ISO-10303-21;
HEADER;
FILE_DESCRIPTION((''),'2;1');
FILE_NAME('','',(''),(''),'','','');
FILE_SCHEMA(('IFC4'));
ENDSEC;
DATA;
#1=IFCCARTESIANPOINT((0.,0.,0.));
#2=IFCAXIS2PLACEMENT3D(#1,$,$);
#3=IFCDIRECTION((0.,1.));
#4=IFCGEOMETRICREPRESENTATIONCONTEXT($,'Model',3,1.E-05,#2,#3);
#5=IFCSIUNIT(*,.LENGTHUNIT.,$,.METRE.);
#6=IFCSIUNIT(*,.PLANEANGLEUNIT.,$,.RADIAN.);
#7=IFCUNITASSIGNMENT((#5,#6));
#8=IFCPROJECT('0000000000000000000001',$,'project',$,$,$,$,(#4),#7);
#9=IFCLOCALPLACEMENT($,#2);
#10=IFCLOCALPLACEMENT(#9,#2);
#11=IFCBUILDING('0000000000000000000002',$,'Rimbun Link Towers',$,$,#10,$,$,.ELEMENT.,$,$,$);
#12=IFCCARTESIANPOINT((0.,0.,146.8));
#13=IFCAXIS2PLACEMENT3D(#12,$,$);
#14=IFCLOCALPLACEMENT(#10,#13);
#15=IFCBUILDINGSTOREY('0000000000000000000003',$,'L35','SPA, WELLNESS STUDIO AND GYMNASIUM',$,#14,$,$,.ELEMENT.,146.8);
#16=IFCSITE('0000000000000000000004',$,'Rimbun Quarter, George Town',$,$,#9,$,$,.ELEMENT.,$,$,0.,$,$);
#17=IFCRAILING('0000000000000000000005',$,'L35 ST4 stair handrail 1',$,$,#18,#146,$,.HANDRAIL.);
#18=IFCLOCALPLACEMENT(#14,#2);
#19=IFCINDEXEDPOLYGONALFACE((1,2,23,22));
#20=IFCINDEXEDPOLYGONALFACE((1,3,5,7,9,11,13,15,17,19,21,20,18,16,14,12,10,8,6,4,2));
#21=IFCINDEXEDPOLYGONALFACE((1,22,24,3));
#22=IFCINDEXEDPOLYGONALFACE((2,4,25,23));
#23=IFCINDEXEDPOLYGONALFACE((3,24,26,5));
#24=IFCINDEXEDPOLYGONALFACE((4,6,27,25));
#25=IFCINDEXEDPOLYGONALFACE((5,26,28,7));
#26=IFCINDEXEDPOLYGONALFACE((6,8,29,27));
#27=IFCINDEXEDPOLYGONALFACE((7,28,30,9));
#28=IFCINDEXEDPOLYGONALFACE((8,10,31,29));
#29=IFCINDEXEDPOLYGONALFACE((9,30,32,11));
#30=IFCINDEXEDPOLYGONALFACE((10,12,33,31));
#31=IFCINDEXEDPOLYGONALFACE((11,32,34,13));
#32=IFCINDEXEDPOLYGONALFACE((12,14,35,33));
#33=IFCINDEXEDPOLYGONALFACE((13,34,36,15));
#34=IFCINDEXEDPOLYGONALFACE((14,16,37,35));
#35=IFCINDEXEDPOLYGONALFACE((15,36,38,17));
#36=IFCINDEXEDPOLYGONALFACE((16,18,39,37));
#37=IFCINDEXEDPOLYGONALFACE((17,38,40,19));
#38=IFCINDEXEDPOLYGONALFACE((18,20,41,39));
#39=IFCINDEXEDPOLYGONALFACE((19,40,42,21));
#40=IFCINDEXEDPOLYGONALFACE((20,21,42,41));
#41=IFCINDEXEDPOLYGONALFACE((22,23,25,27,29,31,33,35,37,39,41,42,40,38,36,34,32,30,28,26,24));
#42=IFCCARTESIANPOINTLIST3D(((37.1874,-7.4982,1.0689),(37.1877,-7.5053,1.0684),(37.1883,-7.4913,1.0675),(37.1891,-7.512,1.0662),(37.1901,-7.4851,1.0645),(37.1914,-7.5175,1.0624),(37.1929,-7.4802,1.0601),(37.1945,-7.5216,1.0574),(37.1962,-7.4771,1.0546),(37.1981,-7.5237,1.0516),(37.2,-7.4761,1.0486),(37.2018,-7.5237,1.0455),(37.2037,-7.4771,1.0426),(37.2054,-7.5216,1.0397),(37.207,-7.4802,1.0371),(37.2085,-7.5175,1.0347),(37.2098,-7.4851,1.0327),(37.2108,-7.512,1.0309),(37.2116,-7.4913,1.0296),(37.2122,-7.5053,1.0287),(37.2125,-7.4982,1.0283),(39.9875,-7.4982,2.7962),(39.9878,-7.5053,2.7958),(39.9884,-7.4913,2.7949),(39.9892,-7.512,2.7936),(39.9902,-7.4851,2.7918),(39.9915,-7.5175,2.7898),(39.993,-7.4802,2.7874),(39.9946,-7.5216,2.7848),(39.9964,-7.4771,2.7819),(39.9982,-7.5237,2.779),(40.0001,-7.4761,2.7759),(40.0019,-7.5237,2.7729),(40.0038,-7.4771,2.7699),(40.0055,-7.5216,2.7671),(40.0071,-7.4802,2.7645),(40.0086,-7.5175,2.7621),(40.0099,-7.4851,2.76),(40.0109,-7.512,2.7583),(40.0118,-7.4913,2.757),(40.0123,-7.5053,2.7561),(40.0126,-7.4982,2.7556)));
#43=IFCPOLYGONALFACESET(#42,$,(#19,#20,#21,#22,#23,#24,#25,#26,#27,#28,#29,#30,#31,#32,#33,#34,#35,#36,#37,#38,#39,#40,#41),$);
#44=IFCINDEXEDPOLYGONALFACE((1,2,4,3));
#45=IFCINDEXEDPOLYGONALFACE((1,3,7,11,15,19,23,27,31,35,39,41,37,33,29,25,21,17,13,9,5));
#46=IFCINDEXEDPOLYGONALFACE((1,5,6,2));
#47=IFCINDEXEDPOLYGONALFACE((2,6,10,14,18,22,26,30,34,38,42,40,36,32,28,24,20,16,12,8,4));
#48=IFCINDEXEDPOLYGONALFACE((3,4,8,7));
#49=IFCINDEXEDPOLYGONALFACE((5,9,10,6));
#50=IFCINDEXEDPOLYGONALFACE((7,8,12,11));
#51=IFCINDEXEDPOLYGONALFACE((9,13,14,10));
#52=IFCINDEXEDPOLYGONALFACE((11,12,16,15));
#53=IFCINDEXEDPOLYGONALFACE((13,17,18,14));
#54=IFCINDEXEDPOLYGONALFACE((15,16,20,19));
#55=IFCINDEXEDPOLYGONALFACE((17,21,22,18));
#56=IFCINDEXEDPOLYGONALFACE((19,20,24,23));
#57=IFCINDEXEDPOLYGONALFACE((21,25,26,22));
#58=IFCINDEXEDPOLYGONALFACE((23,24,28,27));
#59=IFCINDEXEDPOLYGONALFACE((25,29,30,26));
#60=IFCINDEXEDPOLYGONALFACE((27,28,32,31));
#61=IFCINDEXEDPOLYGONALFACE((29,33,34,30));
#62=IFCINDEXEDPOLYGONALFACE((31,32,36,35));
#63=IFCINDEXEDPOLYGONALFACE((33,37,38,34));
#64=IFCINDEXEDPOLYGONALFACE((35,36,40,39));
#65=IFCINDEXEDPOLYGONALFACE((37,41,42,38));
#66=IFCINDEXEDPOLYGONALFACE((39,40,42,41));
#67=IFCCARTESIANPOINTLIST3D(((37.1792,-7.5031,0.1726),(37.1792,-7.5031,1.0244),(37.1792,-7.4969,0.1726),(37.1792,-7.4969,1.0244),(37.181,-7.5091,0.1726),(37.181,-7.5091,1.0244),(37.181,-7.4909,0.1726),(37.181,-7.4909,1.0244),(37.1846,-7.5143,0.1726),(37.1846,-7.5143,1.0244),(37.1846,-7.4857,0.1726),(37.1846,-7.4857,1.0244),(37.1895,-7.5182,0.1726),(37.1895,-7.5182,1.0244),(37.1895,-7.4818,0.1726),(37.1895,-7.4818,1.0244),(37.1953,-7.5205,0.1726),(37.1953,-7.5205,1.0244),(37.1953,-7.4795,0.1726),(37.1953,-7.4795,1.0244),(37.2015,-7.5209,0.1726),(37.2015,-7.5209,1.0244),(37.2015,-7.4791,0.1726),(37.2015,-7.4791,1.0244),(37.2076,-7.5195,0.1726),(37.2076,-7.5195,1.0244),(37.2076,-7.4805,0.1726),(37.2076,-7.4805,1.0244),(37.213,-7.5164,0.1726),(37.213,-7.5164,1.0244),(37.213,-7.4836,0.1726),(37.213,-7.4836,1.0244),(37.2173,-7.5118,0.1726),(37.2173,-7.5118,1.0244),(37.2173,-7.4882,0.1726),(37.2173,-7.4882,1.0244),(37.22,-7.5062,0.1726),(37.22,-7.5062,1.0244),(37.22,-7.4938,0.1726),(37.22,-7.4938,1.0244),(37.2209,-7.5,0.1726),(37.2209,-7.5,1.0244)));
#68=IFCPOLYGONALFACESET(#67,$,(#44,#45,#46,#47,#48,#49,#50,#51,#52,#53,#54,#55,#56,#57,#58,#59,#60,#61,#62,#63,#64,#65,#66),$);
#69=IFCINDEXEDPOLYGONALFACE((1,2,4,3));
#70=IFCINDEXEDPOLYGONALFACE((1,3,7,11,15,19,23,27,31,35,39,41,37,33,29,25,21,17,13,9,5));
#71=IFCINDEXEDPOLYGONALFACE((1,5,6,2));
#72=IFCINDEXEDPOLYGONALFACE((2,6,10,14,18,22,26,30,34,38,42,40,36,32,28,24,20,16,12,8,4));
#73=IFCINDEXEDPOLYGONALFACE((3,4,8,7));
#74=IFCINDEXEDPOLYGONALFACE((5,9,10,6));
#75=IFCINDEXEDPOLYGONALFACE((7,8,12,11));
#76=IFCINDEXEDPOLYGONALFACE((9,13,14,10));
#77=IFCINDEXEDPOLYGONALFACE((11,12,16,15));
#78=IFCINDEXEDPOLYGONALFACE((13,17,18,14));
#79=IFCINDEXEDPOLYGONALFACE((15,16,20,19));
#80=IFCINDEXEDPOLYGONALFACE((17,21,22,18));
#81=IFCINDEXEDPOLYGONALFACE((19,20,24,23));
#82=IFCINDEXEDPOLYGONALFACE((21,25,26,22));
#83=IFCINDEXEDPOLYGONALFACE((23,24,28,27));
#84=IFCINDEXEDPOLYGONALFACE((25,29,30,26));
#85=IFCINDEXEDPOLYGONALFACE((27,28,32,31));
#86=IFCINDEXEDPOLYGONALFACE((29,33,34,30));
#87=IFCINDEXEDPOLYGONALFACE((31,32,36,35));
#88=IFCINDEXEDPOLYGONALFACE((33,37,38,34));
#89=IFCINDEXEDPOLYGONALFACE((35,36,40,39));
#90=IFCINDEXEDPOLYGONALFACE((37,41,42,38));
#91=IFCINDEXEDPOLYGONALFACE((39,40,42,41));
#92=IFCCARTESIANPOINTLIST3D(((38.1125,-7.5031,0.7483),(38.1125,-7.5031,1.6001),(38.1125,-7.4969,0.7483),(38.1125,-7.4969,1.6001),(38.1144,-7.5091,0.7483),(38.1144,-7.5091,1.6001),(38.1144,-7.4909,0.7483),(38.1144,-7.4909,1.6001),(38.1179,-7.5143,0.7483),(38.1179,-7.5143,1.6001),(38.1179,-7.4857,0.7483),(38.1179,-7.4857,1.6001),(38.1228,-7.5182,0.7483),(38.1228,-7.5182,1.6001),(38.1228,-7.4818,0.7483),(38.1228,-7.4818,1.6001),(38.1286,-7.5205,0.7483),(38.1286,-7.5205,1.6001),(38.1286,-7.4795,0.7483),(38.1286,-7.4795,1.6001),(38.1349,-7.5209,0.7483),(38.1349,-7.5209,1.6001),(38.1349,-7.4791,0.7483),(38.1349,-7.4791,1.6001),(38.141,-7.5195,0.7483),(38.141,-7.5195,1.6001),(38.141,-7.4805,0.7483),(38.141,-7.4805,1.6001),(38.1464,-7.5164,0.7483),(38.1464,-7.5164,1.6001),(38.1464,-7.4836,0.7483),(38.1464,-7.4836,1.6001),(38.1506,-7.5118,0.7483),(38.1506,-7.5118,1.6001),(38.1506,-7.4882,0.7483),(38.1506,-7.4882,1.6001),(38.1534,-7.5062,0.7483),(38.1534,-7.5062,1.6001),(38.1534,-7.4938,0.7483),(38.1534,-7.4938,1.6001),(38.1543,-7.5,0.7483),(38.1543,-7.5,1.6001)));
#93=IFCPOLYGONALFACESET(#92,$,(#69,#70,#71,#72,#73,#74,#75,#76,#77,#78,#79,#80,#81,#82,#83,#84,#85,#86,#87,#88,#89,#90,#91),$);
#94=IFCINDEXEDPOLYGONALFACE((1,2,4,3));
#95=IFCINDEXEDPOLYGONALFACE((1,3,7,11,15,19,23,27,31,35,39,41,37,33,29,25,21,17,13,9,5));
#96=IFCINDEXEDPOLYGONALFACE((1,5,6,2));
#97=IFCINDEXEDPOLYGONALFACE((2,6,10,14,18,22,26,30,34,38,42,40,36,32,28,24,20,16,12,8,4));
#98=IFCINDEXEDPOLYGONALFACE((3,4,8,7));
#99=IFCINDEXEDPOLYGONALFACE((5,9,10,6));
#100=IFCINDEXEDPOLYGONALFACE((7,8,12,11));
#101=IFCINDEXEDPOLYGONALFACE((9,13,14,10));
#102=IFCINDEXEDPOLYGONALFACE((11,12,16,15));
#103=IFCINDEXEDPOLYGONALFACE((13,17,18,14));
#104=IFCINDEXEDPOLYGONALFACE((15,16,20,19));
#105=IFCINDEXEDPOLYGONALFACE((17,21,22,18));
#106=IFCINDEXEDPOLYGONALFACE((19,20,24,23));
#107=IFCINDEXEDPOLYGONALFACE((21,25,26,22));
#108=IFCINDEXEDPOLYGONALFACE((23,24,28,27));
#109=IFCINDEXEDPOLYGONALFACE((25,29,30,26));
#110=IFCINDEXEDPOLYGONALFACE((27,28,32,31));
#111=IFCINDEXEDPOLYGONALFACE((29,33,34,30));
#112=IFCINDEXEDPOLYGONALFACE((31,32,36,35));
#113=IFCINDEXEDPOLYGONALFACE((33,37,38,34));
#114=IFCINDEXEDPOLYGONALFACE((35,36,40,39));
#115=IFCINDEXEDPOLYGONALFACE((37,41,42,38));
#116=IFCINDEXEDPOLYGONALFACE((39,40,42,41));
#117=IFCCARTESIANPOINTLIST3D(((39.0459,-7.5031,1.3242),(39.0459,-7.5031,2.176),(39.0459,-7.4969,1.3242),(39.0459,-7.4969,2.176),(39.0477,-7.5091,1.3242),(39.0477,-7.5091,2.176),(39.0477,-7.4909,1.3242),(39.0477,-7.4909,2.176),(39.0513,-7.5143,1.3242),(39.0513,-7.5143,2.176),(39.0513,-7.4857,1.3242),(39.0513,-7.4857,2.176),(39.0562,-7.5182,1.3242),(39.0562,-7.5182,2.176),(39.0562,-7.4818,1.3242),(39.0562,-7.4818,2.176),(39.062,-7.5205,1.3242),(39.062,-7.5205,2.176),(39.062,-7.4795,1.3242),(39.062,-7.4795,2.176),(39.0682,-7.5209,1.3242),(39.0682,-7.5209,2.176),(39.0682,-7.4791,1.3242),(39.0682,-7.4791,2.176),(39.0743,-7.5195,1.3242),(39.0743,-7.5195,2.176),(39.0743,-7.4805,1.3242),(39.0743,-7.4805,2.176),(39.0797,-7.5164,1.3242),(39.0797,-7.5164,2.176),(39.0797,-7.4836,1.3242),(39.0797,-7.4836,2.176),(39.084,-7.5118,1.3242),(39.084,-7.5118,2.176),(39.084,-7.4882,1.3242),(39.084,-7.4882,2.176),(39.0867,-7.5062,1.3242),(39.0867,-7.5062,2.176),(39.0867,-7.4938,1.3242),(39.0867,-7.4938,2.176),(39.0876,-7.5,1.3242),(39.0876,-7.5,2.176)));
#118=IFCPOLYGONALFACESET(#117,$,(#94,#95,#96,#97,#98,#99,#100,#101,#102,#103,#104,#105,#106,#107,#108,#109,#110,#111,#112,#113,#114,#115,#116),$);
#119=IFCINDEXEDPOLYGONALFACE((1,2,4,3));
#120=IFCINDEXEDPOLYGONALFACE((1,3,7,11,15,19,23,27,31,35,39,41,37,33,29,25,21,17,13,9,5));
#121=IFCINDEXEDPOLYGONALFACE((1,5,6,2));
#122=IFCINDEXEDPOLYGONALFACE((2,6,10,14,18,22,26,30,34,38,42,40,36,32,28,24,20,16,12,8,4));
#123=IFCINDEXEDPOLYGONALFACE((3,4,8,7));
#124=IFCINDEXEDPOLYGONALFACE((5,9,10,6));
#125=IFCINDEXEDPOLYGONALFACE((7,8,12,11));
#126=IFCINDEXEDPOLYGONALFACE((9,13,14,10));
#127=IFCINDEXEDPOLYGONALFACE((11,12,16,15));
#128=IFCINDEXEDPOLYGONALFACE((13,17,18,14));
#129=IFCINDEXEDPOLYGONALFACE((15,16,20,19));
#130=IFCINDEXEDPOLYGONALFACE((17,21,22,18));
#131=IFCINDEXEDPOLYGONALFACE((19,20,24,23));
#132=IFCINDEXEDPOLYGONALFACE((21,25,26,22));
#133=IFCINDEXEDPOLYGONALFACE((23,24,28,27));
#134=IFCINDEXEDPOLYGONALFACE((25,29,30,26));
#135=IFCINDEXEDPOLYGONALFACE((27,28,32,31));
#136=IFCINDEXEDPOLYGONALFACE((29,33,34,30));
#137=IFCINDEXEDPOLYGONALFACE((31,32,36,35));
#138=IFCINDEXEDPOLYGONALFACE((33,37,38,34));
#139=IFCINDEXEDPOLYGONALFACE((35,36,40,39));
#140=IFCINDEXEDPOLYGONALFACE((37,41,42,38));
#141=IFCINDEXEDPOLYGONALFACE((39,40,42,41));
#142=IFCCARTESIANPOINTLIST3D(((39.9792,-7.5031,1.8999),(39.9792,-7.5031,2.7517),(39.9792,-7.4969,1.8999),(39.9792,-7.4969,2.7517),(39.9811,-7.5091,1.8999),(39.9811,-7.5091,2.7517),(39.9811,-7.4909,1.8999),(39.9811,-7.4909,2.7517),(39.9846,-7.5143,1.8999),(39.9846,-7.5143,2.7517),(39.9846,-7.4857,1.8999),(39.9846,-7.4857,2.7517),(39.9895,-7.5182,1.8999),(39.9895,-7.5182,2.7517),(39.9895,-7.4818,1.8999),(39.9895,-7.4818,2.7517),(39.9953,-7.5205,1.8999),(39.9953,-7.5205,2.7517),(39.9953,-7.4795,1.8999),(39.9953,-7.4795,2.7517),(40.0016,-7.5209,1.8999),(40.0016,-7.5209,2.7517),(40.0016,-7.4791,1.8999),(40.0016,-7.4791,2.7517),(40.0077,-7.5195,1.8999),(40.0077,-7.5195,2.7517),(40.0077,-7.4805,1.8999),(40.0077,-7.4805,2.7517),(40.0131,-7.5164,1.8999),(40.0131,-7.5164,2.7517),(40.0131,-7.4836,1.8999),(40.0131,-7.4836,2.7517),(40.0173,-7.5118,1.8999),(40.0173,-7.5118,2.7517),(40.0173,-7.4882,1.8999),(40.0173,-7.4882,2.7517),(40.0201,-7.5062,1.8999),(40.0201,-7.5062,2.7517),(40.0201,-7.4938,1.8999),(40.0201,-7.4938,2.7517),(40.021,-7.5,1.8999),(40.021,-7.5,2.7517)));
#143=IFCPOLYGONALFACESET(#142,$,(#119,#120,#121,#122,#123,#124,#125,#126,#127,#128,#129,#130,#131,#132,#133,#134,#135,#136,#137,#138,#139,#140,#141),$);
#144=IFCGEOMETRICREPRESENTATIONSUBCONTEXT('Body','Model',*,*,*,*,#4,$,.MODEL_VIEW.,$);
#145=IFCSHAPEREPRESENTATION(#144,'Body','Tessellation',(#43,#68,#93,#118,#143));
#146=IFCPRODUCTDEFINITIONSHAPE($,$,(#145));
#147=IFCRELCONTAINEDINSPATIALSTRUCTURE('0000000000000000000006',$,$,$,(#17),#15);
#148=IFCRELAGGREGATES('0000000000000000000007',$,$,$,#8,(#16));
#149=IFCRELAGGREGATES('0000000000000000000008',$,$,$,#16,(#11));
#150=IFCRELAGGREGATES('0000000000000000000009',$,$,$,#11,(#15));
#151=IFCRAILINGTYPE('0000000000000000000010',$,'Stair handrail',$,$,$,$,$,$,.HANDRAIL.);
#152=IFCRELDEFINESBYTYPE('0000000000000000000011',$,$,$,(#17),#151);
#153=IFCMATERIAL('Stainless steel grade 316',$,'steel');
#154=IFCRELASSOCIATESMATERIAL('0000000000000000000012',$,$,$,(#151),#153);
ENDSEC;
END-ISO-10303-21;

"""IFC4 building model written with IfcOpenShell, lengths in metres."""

from ifc_helpers import new_model, si_unit, direction, frame, origin, origin_2d, place, context, subcontext, project, spatial, circle, extrude, material, type_object, element, save


model = new_model("IFC4")

# Units and contexts
model_context = context("Model", 3, precision=1e-05, world=origin(), true_north=direction((0.0, 1.0)))
body_context = subcontext(model_context, "Body", "Model", "MODEL_VIEW")
ifc_project = project(units=[si_unit("LENGTHUNIT", "METRE"), si_unit("PLANEANGLEUNIT", "RADIAN")], contexts=[model_context])

# Site, building, storey
site_placement = place(None, origin())
site = spatial("IfcSite", under=ifc_project, at=site_placement, Name="Rimbun Quarter, George Town", CompositionType="ELEMENT", RefElevation=0.0)
building_placement = place(site_placement, origin())
building = spatial("IfcBuilding", under=site, at=building_placement, Name="Rimbun Link Towers", CompositionType="ELEMENT")
storey_placement = place(building_placement, frame((0.0, 0.0, 146.8)))
storey = spatial("IfcBuildingStorey", under=building, at=storey_placement, Name="L35", Description="SPA, WELLNESS STUDIO AND GYMNASIUM", CompositionType="ELEMENT", Elevation=146.8)

# Railing
ifc_material_1 = material(Name="Stainless steel grade 316", Category="steel")
railing_type_1 = type_object("IfcRailingType", Name="Stair handrail", PredefinedType="HANDRAIL", material=ifc_material_1)
railing_1_placement = place(storey_placement, frame((37.2, -7.5, 0.1726)))
element("IfcRailing", 1, at=railing_1_placement, inside=storey, type_object=railing_type_1, Name="L35 ST4 stair handrail 1", PredefinedType="HANDRAIL", context=body_context, shape_type="SweptSolid", body=[
    extrude(circle(Radius=0.0239, at=origin_2d()), frame((0.0, 0.0, 0.876), z_axis=(0.85109, 0.0, 0.52502), x_axis=(0.0, 1.0, 0.0)), (0.0, 0.0, 1.0), 3.29),
    extrude(circle(Radius=0.021, at=origin_2d()), origin(), (0.0, 0.0, 1.0), 0.8518),
    extrude(circle(Radius=0.021, at=origin_2d()), frame((0.9333, 0.0, 0.5757)), (0.0, 0.0, 1.0), 0.8518),
    extrude(circle(Radius=0.021, at=origin_2d()), frame((1.8667, 0.0, 1.1516)), (0.0, 0.0, 1.0), 0.8518),
    extrude(circle(Radius=0.021, at=origin_2d()), frame((2.8, 0.0, 1.7273)), (0.0, 0.0, 1.0), 0.8518),
])

save(model, "model.ifc")
